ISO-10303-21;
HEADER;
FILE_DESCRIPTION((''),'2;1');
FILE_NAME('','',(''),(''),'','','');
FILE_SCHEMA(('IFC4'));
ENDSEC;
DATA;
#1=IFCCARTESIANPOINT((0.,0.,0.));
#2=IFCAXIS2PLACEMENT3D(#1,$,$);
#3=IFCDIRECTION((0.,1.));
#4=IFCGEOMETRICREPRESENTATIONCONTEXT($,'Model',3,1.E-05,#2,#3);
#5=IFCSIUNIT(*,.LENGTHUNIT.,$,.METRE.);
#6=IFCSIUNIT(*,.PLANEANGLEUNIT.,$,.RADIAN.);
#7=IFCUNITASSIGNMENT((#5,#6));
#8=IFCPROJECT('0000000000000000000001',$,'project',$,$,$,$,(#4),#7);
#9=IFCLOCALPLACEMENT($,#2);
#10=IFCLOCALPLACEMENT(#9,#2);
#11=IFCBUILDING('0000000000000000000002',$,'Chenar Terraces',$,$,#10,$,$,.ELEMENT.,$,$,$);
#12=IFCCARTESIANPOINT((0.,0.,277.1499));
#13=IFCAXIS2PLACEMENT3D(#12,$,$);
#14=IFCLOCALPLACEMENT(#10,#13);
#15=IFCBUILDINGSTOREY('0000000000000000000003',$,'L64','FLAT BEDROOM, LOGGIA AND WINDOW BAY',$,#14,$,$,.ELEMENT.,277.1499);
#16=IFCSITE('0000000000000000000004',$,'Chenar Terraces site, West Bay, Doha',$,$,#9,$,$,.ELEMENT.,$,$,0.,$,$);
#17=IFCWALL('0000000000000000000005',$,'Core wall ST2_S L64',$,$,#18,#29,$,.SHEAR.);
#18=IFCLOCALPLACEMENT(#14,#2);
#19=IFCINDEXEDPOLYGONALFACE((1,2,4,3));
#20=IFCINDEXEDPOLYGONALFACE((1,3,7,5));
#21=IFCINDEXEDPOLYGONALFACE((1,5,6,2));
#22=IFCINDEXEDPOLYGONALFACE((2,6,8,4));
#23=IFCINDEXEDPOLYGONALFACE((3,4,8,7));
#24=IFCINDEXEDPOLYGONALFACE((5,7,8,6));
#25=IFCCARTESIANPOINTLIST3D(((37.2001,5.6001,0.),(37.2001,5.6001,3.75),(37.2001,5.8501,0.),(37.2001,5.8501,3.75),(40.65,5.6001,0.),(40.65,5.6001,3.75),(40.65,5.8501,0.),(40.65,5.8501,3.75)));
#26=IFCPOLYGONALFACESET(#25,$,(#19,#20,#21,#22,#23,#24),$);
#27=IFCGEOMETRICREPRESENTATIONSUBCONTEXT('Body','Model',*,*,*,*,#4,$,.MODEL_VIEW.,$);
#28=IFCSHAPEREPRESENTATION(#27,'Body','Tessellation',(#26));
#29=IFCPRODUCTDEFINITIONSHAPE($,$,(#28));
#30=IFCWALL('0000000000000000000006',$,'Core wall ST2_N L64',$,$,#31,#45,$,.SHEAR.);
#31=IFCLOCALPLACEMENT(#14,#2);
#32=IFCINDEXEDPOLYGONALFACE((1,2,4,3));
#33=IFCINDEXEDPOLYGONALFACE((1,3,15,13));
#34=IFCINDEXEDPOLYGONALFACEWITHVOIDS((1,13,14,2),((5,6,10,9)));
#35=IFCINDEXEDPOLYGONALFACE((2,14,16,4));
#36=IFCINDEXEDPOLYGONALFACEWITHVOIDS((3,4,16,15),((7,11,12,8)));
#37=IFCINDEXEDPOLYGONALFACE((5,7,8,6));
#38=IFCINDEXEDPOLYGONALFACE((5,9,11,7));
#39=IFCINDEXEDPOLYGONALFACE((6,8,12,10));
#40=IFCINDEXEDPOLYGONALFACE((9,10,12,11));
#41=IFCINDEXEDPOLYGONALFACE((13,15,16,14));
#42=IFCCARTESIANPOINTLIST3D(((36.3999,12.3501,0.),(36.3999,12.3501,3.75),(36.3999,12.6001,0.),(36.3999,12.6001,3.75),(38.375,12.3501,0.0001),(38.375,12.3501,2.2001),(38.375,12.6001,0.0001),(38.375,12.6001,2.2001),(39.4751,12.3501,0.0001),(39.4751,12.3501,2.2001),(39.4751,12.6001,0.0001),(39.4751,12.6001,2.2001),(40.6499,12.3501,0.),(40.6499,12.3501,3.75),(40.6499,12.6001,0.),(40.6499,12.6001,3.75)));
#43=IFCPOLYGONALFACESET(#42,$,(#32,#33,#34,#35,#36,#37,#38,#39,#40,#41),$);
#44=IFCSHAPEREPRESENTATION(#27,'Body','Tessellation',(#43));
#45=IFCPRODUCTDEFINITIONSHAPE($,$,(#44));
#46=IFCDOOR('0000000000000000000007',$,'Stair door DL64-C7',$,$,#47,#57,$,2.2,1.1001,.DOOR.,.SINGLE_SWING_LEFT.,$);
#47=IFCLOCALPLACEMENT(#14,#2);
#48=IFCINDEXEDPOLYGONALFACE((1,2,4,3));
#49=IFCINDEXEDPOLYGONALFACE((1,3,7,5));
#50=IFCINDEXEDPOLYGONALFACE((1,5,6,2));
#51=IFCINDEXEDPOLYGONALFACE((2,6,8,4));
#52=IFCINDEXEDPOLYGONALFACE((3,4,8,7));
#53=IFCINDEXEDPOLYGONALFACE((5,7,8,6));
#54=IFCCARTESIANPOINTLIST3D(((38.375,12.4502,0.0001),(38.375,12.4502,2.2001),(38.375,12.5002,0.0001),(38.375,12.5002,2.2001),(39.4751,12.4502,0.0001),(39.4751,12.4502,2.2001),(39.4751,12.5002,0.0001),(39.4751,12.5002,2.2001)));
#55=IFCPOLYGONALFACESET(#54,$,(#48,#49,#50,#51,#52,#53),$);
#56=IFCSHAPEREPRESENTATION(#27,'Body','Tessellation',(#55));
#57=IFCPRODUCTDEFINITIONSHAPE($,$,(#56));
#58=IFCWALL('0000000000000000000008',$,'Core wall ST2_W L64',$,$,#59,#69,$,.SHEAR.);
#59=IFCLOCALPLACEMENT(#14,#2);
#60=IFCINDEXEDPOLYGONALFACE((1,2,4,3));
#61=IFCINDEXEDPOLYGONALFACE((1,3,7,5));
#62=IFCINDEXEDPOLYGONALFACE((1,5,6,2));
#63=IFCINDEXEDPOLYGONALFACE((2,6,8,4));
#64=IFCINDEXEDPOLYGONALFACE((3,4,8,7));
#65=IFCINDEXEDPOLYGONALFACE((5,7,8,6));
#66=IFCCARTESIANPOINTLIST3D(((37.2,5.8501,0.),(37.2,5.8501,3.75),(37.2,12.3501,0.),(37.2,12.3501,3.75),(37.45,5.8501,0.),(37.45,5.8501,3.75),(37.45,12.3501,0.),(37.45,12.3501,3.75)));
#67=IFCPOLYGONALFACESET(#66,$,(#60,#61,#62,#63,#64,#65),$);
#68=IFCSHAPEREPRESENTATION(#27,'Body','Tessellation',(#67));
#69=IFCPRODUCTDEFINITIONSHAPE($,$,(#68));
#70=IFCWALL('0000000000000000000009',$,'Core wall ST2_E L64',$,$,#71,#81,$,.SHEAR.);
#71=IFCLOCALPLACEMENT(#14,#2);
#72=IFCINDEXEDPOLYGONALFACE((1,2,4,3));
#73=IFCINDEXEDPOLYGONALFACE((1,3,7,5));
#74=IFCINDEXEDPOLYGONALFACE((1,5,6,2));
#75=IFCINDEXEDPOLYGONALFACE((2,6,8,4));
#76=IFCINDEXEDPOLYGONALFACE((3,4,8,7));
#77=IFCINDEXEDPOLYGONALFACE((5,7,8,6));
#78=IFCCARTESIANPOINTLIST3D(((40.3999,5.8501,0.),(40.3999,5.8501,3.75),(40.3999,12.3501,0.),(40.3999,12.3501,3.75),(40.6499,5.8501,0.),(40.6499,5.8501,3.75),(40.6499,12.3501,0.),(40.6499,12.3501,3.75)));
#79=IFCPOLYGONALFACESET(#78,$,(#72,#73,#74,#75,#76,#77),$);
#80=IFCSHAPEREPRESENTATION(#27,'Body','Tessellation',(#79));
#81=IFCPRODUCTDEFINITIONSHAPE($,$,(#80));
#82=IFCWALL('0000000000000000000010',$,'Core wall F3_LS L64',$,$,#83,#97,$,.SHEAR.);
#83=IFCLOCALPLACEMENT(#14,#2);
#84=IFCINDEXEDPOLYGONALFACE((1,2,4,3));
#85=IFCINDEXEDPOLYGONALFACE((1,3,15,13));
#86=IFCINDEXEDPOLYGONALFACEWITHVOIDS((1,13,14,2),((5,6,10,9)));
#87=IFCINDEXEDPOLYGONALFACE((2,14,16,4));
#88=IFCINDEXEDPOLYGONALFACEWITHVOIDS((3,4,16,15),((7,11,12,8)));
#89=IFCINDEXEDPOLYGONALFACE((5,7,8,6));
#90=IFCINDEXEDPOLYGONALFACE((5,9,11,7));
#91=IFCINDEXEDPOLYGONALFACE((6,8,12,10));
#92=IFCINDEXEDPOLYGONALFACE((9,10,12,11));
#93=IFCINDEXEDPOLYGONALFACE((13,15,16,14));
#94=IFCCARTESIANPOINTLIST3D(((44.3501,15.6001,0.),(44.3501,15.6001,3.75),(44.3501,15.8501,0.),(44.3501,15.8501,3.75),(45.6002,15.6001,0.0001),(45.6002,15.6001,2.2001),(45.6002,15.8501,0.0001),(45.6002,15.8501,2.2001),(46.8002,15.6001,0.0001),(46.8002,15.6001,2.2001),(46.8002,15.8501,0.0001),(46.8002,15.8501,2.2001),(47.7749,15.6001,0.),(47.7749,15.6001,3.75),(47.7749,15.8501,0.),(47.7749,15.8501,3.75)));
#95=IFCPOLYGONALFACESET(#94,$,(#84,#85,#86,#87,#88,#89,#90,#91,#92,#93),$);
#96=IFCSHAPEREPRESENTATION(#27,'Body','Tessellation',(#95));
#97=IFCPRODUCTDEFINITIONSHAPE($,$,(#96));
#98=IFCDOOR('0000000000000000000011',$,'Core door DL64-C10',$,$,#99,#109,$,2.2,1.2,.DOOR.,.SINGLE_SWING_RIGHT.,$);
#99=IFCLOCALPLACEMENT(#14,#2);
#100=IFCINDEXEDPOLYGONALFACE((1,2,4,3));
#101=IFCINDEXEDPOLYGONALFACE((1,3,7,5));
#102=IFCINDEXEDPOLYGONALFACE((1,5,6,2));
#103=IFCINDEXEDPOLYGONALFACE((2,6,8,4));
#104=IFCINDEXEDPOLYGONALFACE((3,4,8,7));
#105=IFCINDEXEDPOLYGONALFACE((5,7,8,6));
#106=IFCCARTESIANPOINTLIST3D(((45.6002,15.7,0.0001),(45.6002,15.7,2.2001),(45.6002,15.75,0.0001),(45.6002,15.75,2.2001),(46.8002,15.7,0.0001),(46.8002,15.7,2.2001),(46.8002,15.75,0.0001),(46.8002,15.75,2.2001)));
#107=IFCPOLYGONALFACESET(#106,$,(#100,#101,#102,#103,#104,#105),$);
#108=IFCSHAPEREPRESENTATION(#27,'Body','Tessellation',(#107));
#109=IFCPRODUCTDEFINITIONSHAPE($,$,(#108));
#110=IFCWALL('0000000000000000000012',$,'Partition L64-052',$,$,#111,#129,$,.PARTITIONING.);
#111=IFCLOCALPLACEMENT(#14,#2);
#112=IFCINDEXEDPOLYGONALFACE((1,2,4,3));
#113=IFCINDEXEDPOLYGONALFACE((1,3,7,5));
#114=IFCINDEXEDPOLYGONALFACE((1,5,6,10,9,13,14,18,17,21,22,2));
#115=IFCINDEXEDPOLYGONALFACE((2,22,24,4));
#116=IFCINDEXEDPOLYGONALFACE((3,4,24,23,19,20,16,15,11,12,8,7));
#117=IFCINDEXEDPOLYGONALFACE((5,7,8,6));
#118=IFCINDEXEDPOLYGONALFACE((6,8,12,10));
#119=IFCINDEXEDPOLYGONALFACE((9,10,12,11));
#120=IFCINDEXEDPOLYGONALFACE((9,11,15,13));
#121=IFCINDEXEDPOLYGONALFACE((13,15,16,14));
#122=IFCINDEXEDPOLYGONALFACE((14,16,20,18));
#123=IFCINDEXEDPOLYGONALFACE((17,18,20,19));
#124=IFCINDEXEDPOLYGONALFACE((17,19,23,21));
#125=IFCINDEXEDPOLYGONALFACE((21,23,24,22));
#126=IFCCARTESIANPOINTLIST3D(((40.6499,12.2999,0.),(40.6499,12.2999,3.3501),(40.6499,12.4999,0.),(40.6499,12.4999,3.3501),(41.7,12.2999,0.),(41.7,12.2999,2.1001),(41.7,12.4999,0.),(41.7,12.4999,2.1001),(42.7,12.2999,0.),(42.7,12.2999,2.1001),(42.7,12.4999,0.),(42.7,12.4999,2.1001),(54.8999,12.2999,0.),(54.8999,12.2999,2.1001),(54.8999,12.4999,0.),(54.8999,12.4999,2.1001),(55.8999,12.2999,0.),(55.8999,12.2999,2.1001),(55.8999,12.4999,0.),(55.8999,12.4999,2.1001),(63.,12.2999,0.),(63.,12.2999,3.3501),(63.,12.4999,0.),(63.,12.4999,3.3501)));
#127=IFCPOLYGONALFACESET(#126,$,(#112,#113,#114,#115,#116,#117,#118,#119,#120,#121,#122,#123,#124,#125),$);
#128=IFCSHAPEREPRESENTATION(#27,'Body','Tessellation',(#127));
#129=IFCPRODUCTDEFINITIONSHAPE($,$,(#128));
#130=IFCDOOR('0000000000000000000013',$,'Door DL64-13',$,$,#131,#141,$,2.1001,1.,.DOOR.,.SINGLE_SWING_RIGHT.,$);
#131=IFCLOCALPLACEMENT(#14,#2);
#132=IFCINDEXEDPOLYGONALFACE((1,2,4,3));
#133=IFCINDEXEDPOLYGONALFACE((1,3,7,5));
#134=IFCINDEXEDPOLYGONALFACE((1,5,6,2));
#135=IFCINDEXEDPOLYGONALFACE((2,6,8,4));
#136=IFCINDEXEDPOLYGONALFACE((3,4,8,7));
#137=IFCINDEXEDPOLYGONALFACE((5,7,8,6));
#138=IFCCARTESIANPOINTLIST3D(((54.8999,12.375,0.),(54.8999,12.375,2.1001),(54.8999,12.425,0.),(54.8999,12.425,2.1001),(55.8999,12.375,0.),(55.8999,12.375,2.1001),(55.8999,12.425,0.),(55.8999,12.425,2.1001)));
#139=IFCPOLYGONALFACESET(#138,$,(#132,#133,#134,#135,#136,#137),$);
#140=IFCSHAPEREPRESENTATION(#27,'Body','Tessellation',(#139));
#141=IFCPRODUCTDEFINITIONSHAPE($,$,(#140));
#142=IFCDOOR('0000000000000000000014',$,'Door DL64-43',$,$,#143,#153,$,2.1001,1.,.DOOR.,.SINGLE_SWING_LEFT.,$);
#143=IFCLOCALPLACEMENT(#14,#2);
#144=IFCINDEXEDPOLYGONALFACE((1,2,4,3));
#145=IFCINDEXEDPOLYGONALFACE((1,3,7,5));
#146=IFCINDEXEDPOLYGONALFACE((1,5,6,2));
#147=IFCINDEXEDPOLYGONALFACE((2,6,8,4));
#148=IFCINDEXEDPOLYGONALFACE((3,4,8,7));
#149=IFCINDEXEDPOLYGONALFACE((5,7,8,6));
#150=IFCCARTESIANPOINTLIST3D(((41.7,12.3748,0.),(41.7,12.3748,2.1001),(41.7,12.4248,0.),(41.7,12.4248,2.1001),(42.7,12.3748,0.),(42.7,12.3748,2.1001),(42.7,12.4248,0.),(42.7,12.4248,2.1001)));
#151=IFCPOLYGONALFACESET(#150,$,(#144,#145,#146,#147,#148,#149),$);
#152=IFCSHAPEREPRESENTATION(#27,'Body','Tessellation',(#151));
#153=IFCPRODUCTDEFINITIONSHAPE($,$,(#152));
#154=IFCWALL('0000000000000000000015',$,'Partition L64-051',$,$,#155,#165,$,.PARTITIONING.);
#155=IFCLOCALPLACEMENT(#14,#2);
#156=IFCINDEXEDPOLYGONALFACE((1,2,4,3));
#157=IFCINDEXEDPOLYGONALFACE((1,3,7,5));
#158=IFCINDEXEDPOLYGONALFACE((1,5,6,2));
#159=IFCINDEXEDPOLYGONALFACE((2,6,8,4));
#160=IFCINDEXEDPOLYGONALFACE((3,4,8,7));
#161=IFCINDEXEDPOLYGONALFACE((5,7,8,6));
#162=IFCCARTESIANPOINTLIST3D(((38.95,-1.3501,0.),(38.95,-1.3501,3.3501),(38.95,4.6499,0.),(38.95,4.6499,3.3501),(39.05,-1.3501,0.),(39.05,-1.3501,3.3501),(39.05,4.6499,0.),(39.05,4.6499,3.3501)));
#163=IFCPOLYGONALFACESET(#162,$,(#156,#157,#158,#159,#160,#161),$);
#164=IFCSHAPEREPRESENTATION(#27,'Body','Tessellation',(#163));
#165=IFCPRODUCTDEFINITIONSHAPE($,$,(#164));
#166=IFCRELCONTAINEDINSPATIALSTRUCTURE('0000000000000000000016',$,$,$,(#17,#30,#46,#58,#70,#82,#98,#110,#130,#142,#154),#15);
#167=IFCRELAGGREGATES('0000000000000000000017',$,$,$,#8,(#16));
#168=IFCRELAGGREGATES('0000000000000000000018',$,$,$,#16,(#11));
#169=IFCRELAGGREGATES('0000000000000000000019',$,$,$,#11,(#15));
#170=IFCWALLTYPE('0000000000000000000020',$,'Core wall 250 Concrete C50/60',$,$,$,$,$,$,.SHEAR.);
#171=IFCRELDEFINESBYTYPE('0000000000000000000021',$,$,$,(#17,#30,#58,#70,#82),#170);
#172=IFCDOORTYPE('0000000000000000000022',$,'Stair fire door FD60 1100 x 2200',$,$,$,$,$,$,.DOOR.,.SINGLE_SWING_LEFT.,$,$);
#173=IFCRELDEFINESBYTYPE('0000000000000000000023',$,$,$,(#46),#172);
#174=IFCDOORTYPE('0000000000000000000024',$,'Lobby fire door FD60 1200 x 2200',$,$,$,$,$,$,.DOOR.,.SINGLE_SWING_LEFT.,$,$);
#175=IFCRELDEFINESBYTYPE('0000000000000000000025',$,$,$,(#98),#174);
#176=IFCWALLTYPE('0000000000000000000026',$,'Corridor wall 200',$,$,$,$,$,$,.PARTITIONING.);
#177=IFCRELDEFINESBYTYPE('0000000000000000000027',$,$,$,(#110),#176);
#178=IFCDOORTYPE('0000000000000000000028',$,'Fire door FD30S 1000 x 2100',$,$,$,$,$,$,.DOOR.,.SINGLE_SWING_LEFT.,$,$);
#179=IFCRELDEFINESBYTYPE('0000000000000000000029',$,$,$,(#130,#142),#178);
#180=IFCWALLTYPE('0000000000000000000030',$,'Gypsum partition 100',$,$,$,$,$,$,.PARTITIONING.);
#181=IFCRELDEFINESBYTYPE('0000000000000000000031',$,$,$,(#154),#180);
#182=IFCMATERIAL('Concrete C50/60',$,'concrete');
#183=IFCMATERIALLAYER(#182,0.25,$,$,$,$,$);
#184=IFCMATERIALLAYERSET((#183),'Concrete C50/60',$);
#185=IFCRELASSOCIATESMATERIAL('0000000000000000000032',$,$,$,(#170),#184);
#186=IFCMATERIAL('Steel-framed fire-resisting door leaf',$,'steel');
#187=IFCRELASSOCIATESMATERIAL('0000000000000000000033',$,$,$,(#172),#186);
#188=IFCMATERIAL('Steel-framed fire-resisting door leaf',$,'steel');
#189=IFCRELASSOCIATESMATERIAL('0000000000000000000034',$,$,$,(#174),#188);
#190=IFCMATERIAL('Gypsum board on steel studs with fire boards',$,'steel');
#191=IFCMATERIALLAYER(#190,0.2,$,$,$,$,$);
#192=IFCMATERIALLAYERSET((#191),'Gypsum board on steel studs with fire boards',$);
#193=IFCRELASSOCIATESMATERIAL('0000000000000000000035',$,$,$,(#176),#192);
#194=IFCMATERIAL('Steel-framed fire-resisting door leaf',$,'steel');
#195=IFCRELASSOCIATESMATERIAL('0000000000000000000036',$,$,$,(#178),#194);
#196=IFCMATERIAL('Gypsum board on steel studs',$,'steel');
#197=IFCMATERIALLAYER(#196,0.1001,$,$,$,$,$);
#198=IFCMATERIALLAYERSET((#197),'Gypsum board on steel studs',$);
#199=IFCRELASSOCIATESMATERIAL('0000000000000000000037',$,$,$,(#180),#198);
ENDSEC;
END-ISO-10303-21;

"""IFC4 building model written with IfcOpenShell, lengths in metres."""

from ifc_helpers import new_model, si_unit, direction, frame, frame_2d, origin, place, context, subcontext, project, spatial, rectangle, extrude, material, layer, layer_set, type_object, element, fill, save


model = new_model("IFC4")

# Units and contexts
model_context = context("Model", 3, precision=1e-05, world=origin(), true_north=direction((0.0, 1.0)))
body_context = subcontext(model_context, "Body", "Model", "MODEL_VIEW")
ifc_project = project(units=[si_unit("LENGTHUNIT", "METRE"), si_unit("PLANEANGLEUNIT", "RADIAN")], contexts=[model_context])

# Site, building, storey
site_placement = place(None, origin())
site = spatial("IfcSite", under=ifc_project, at=site_placement, Name="Chenar Terraces site, West Bay, Doha", CompositionType="ELEMENT", RefElevation=0.0)
building_placement = place(site_placement, origin())
building = spatial("IfcBuilding", under=site, at=building_placement, Name="Chenar Terraces", CompositionType="ELEMENT")
storey_placement = place(building_placement, frame((0.0, 0.0, 277.1499)))
storey = spatial("IfcBuildingStorey", under=building, at=storey_placement, Name="L64", Description="FLAT BEDROOM, LOGGIA AND WINDOW BAY", CompositionType="ELEMENT", Elevation=277.1499)

# Wall
ifc_material_1 = material(Name="Concrete C50/60", Category="concrete")
ifc_layer_1 = layer(ifc_material_1, 0.25)
ifc_layer_set_1 = layer_set([ifc_layer_1], Name="Concrete C50/60")
wall_type_1 = type_object("IfcWallType", Name="Core wall 250 Concrete C50/60", PredefinedType="SHEAR", material=ifc_layer_set_1)
wall_1_placement = place(storey_placement, frame((37.2, 5.7251, 0.0), z_axis=(0.0, 0.0, 1.0), x_axis=(1.0, 0.0, 0.0)))
element("IfcWall", 1, at=wall_1_placement, inside=storey, type_object=wall_type_1, Name="Core wall ST2_S L64", PredefinedType="SHEAR", context=body_context, shape_type="SweptSolid", body=[
    extrude(rectangle(XDim=3.45, YDim=0.25, at=frame_2d((1.7251, 0.0))), origin(), (0.0, 0.0, 1.0), 3.75),
])

# Wall, opening, door
wall_2_placement = place(storey_placement, frame((36.3999, 12.4751, 0.0), z_axis=(0.0, 0.0, 1.0), x_axis=(1.0, 0.0, 0.0)))
wall_2 = element("IfcWall", 2, at=wall_2_placement, inside=storey, type_object=wall_type_1, Name="Core wall ST2_N L64", PredefinedType="SHEAR", context=body_context, shape_type="SweptSolid", body=[
    extrude(rectangle(XDim=4.25, YDim=0.25, at=frame_2d((2.125, 0.0))), origin(), (0.0, 0.0, 1.0), 3.75),
])
opening_1_placement = place(wall_2_placement, frame((1.9751, 0.0, 0.0)))
opening_1 = element("IfcOpeningElement", 3, at=opening_1_placement, cuts=wall_2, PredefinedType="OPENING", context=body_context, shape_type="SweptSolid", body=[
    extrude(rectangle(XDim=1.1001, YDim=2.2, at=frame_2d((0.55, 1.1001))), frame((0.0, 0.135, 0.0), z_axis=(0.0, -1.0, 0.0), x_axis=(1.0, 0.0, 0.0)), (0.0, 0.0, 1.0), 0.27),
])
ifc_material_2 = material(Name="Steel-framed fire-resisting door leaf", Category="steel")
door_type_1 = type_object("IfcDoorType", Name="Stair fire door FD60 1100 x 2200", OperationType="SINGLE_SWING_LEFT", PredefinedType="DOOR", material=ifc_material_2)
door_1_placement = place(opening_1_placement, frame((1.1001, 0.0, 0.0), z_axis=(0.0, 0.0, 1.0), x_axis=(-1.0, 0.0, 0.0)))
door_1 = element("IfcDoor", 4, at=door_1_placement, inside=storey, type_object=door_type_1, Name="Stair door DL64-C7", OperationType="SINGLE_SWING_LEFT", OverallHeight=2.2, OverallWidth=1.1001, PredefinedType="DOOR", context=body_context, shape_type="SweptSolid", body=[
    extrude(rectangle(XDim=1.1001, YDim=2.2, at=frame_2d((0.55, 1.1001))), frame((0.0, 0.0249, 0.0), z_axis=(0.0, -1.0, 0.0), x_axis=(1.0, 0.0, 0.0)), (0.0, 0.0, 1.0), 0.05),
])
fill(opening_1, door_1)

# Walls
for number, where, z_axis, x_axis, name in (
    (5, (37.325, 5.8501, 0.0), (0.0, 0.0, 1.0), (0.0, 1.0, 0.0), "Core wall ST2_W L64"),
    (6, (40.5249, 5.8501, 0.0), (0.0, 0.0, 1.0), (0.0, 1.0, 0.0), "Core wall ST2_E L64"),
):
    element("IfcWall", number, at=place(storey_placement, frame(where, z_axis=z_axis, x_axis=x_axis)), inside=storey, type_object=wall_type_1, Name=name, PredefinedType="SHEAR", context=body_context, shape_type="SweptSolid", body=[
        extrude(rectangle(XDim=6.5, YDim=0.25, at=frame_2d((3.25, 0.0))), origin(), (0.0, 0.0, 1.0), 3.75),
    ])

# Wall, opening, door
wall_3_placement = place(storey_placement, frame((44.3501, 15.7251, 0.0), z_axis=(0.0, 0.0, 1.0), x_axis=(1.0, 0.0, 0.0)))
wall_3 = element("IfcWall", 7, at=wall_3_placement, inside=storey, type_object=wall_type_1, Name="Core wall F3_LS L64", PredefinedType="SHEAR", context=body_context, shape_type="SweptSolid", body=[
    extrude(rectangle(XDim=3.4248, YDim=0.25, at=frame_2d((1.7124, 0.0))), origin(), (0.0, 0.0, 1.0), 3.75),
])
opening_2_placement = place(wall_3_placement, frame((1.25, 0.0, 0.0)))
opening_2 = element("IfcOpeningElement", 8, at=opening_2_placement, cuts=wall_3, PredefinedType="OPENING", context=body_context, shape_type="SweptSolid", body=[
    extrude(rectangle(XDim=1.2, YDim=2.2, at=frame_2d((0.6001, 1.1001))), frame((0.0, 0.135, 0.0), z_axis=(0.0, -1.0, 0.0), x_axis=(1.0, 0.0, 0.0)), (0.0, 0.0, 1.0), 0.27),
])
ifc_material_3 = material(Name="Steel-framed fire-resisting door leaf", Category="steel")
door_type_2 = type_object("IfcDoorType", Name="Lobby fire door FD60 1200 x 2200", OperationType="SINGLE_SWING_LEFT", PredefinedType="DOOR", material=ifc_material_3)
door_2_placement = place(opening_2_placement, origin())
door_2 = element("IfcDoor", 9, at=door_2_placement, inside=storey, type_object=door_type_2, Name="Core door DL64-C10", OperationType="SINGLE_SWING_RIGHT", OverallHeight=2.2, OverallWidth=1.2, PredefinedType="DOOR", context=body_context, shape_type="SweptSolid", body=[
    extrude(rectangle(XDim=1.2, YDim=2.2, at=frame_2d((0.6001, 1.1001))), frame((0.0, 0.0249, 0.0), z_axis=(0.0, -1.0, 0.0), x_axis=(1.0, 0.0, 0.0)), (0.0, 0.0, 1.0), 0.05),
])
fill(opening_2, door_2)

# Wall, openings, doors
ifc_material_4 = material(Name="Gypsum board on steel studs with fire boards", Category="steel")
ifc_layer_2 = layer(ifc_material_4, 0.2)
ifc_layer_set_2 = layer_set([ifc_layer_2], Name="Gypsum board on steel studs with fire boards")
wall_type_2 = type_object("IfcWallType", Name="Corridor wall 200", PredefinedType="PARTITIONING", material=ifc_layer_set_2)
wall_4_placement = place(storey_placement, frame((40.6499, 12.3999, 0.0), z_axis=(0.0, 0.0, 1.0), x_axis=(1.0, 0.0, 0.0)))
wall_4 = element("IfcWall", 10, at=wall_4_placement, inside=storey, type_object=wall_type_2, Name="Partition L64-052", PredefinedType="PARTITIONING", context=body_context, shape_type="SweptSolid", body=[
    extrude(rectangle(XDim=22.3501, YDim=0.2, at=frame_2d((11.175, 0.0))), origin(), (0.0, 0.0, 1.0), 3.3501),
])
opening_3_placement = place(wall_4_placement, frame((14.25, 0.0, 0.0)))
opening_3 = element("IfcOpeningElement", 11, at=opening_3_placement, cuts=wall_4, PredefinedType="OPENING", context=body_context, shape_type="SweptSolid", body=[
    extrude(rectangle(XDim=1.0, YDim=2.1001, at=frame_2d((0.5, 1.05))), frame((0.0, 0.1099, 0.0), z_axis=(0.0, -1.0, 0.0), x_axis=(1.0, 0.0, 0.0)), (0.0, 0.0, 1.0), 0.22),
])
opening_4_placement = place(wall_4_placement, frame((1.05, 0.0, 0.0)))
opening_4 = element("IfcOpeningElement", 12, at=opening_4_placement, cuts=wall_4, PredefinedType="OPENING", context=body_context, shape_type="SweptSolid", body=[
    extrude(rectangle(XDim=1.0, YDim=2.1001, at=frame_2d((0.5, 1.05))), frame((0.0, 0.1099, 0.0), z_axis=(0.0, -1.0, 0.0), x_axis=(1.0, 0.0, 0.0)), (0.0, 0.0, 1.0), 0.22),
])
ifc_material_5 = material(Name="Steel-framed fire-resisting door leaf", Category="steel")
door_type_3 = type_object("IfcDoorType", Name="Fire door FD30S 1000 x 2100", OperationType="SINGLE_SWING_LEFT", PredefinedType="DOOR", material=ifc_material_5)
door_3_placement = place(opening_3_placement, frame((1.0, 0.0, 0.0), z_axis=(0.0, 0.0, 1.0), x_axis=(-1.0, 0.0, 0.0)))
door_3 = element("IfcDoor", 13, at=door_3_placement, inside=storey, type_object=door_type_3, Name="Door DL64-13", OperationType="SINGLE_SWING_RIGHT", OverallHeight=2.1001, OverallWidth=1.0, PredefinedType="DOOR", context=body_context, shape_type="SweptSolid", body=[
    extrude(rectangle(XDim=1.0, YDim=2.1001, at=frame_2d((0.5, 1.05))), frame((0.0, 0.0249, 0.0), z_axis=(0.0, -1.0, 0.0), x_axis=(1.0, 0.0, 0.0)), (0.0, 0.0, 1.0), 0.05),
])
fill(opening_3, door_3)
door_4_placement = place(opening_4_placement, origin())
door_4 = element("IfcDoor", 14, at=door_4_placement, inside=storey, type_object=door_type_3, Name="Door DL64-43", OperationType="SINGLE_SWING_LEFT", OverallHeight=2.1001, OverallWidth=1.0, PredefinedType="DOOR", context=body_context, shape_type="SweptSolid", body=[
    extrude(rectangle(XDim=1.0, YDim=2.1001, at=frame_2d((0.5, 1.05))), frame((0.0, 0.0249, 0.0), z_axis=(0.0, -1.0, 0.0), x_axis=(1.0, 0.0, 0.0)), (0.0, 0.0, 1.0), 0.05),
])
fill(opening_4, door_4)

# Wall
ifc_material_6 = material(Name="Gypsum board on steel studs", Category="steel")
ifc_layer_3 = layer(ifc_material_6, 0.1001)
ifc_layer_set_3 = layer_set([ifc_layer_3], Name="Gypsum board on steel studs")
wall_type_3 = type_object("IfcWallType", Name="Gypsum partition 100", PredefinedType="PARTITIONING", material=ifc_layer_set_3)
wall_5_placement = place(storey_placement, frame((39.0, -1.3501, 0.0), z_axis=(0.0, 0.0, 1.0), x_axis=(0.0, 1.0, 0.0)))
element("IfcWall", 15, at=wall_5_placement, inside=storey, type_object=wall_type_3, Name="Partition L64-051", PredefinedType="PARTITIONING", context=body_context, shape_type="SweptSolid", body=[
    extrude(rectangle(XDim=6.0, YDim=0.1001, at=frame_2d((3.0, 0.0))), origin(), (0.0, 0.0, 1.0), 3.3501),
])

save(model, "model.ifc")
